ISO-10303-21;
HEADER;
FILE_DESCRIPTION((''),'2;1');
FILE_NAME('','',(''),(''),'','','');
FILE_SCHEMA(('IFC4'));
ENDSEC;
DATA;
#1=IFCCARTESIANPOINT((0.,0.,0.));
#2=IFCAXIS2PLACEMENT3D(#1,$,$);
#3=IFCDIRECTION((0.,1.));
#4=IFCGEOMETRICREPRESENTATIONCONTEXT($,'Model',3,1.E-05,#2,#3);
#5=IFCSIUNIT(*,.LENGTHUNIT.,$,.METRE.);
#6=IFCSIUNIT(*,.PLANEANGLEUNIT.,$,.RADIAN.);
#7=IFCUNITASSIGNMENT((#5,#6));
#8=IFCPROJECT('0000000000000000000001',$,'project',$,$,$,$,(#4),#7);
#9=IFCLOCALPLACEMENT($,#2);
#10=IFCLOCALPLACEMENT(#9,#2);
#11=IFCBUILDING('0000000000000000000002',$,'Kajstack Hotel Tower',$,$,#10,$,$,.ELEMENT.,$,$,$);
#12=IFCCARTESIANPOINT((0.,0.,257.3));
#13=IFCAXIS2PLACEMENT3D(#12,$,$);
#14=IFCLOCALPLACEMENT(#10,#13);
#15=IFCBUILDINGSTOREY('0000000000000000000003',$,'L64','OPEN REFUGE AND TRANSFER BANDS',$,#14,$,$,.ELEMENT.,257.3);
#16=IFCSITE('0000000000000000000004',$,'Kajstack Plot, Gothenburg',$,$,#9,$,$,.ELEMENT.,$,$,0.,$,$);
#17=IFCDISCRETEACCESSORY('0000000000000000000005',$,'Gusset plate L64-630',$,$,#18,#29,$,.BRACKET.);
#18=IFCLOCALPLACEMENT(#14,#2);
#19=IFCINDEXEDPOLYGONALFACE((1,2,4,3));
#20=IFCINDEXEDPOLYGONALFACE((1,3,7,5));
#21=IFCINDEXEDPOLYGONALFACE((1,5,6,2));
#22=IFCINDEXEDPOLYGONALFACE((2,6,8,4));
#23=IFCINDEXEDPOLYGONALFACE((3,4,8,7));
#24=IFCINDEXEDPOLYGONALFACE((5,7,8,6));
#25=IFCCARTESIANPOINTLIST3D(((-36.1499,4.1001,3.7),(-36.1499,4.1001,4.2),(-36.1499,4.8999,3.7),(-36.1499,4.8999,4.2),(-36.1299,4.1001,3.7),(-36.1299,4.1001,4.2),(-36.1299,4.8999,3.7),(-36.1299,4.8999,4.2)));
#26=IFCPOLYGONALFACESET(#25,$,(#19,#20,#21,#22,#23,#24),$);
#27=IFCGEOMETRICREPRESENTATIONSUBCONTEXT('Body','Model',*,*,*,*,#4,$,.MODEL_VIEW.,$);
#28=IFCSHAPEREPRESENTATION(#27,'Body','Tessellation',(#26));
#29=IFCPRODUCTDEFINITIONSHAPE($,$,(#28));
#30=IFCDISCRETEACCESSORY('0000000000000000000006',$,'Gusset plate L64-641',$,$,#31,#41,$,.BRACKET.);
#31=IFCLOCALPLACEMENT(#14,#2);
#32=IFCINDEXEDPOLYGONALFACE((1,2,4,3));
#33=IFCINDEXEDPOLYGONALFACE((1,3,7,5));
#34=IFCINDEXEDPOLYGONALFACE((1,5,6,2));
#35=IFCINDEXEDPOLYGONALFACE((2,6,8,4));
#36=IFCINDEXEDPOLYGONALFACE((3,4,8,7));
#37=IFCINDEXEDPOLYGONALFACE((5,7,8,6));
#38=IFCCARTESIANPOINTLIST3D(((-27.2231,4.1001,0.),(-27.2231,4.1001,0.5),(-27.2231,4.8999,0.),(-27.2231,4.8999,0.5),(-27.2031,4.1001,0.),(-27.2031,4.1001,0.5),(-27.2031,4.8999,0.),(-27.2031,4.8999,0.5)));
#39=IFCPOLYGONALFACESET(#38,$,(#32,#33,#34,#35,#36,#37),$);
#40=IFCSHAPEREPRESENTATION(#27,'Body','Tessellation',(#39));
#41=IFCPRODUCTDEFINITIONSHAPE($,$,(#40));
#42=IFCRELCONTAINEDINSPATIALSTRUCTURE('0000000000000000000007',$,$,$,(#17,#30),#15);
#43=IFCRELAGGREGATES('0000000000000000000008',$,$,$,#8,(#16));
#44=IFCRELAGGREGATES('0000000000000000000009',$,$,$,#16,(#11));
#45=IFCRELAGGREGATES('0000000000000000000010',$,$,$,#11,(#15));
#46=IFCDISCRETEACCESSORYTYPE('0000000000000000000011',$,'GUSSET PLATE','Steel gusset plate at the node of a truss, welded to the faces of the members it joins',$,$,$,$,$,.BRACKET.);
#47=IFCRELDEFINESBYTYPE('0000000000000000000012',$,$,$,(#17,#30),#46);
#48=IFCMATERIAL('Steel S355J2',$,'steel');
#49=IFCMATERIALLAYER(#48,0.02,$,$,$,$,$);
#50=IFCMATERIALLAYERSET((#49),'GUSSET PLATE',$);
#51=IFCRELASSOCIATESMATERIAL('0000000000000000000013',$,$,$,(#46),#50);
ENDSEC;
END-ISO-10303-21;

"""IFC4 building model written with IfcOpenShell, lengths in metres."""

from ifc_helpers import new_model, si_unit, direction, frame, origin, place, context, subcontext, project, spatial, polyline, outline, extrude, material, layer, layer_set, type_object, element, save


model = new_model("IFC4")

# Units and contexts
model_context = context("Model", 3, precision=1e-05, world=origin(), true_north=direction((0.0, 1.0)))
body_context = subcontext(model_context, "Body", "Model", "MODEL_VIEW")
ifc_project = project(units=[si_unit("LENGTHUNIT", "METRE"), si_unit("PLANEANGLEUNIT", "RADIAN")], contexts=[model_context])

# Site, building, storey
site_placement = place(None, origin())
site = spatial("IfcSite", under=ifc_project, at=site_placement, Name="Kajstack Plot, Gothenburg", CompositionType="ELEMENT", RefElevation=0.0)
building_placement = place(site_placement, origin())
building = spatial("IfcBuilding", under=site, at=building_placement, Name="Kajstack Hotel Tower", CompositionType="ELEMENT")
storey_placement = place(building_placement, frame((0.0, 0.0, 257.3)))
storey = spatial("IfcBuildingStorey", under=building, at=storey_placement, Name="L64", Description="OPEN REFUGE AND TRANSFER BANDS", CompositionType="ELEMENT", Elevation=257.3)

# Shared definitions
ifc_material_1 = material(Name="Steel S355J2", Category="steel")

# Discrete accessories
ifc_layer_1 = layer(ifc_material_1, 0.02)
ifc_layer_set_1 = layer_set([ifc_layer_1], Name="GUSSET PLATE")
discrete_accessory_type = type_object("IfcDiscreteAccessoryType", Name="GUSSET PLATE", Description="Steel gusset plate at the node of a truss, welded to the faces of the members it joins", PredefinedType="BRACKET", material=ifc_layer_set_1)
for number, where, z_axis, x_axis, name in (
    (1, (-36.1499, 4.5, 3.7), (1.0, 0.0, 0.0), (0.0, 1.0, 0.0), "Gusset plate L64-630"),
    (2, (-27.2231, 4.5, 0.0), (1.0, 0.0, 0.0), (0.0, 1.0, 0.0), "Gusset plate L64-641"),
):
    element("IfcDiscreteAccessory", number, at=place(storey_placement, frame(where, z_axis=z_axis, x_axis=x_axis)), inside=storey, type_object=discrete_accessory_type, Name=name, PredefinedType="BRACKET", context=body_context, shape_type="SweptSolid", body=[
        extrude(outline(polyline([(-0.3999, 0.0), (0.3999, 0.0), (0.3999, 0.5), (-0.3999, 0.5), (-0.3999, 0.0)])), origin(), (0.0, 0.0, 1.0), 0.02),
    ])

save(model, "model.ifc")
